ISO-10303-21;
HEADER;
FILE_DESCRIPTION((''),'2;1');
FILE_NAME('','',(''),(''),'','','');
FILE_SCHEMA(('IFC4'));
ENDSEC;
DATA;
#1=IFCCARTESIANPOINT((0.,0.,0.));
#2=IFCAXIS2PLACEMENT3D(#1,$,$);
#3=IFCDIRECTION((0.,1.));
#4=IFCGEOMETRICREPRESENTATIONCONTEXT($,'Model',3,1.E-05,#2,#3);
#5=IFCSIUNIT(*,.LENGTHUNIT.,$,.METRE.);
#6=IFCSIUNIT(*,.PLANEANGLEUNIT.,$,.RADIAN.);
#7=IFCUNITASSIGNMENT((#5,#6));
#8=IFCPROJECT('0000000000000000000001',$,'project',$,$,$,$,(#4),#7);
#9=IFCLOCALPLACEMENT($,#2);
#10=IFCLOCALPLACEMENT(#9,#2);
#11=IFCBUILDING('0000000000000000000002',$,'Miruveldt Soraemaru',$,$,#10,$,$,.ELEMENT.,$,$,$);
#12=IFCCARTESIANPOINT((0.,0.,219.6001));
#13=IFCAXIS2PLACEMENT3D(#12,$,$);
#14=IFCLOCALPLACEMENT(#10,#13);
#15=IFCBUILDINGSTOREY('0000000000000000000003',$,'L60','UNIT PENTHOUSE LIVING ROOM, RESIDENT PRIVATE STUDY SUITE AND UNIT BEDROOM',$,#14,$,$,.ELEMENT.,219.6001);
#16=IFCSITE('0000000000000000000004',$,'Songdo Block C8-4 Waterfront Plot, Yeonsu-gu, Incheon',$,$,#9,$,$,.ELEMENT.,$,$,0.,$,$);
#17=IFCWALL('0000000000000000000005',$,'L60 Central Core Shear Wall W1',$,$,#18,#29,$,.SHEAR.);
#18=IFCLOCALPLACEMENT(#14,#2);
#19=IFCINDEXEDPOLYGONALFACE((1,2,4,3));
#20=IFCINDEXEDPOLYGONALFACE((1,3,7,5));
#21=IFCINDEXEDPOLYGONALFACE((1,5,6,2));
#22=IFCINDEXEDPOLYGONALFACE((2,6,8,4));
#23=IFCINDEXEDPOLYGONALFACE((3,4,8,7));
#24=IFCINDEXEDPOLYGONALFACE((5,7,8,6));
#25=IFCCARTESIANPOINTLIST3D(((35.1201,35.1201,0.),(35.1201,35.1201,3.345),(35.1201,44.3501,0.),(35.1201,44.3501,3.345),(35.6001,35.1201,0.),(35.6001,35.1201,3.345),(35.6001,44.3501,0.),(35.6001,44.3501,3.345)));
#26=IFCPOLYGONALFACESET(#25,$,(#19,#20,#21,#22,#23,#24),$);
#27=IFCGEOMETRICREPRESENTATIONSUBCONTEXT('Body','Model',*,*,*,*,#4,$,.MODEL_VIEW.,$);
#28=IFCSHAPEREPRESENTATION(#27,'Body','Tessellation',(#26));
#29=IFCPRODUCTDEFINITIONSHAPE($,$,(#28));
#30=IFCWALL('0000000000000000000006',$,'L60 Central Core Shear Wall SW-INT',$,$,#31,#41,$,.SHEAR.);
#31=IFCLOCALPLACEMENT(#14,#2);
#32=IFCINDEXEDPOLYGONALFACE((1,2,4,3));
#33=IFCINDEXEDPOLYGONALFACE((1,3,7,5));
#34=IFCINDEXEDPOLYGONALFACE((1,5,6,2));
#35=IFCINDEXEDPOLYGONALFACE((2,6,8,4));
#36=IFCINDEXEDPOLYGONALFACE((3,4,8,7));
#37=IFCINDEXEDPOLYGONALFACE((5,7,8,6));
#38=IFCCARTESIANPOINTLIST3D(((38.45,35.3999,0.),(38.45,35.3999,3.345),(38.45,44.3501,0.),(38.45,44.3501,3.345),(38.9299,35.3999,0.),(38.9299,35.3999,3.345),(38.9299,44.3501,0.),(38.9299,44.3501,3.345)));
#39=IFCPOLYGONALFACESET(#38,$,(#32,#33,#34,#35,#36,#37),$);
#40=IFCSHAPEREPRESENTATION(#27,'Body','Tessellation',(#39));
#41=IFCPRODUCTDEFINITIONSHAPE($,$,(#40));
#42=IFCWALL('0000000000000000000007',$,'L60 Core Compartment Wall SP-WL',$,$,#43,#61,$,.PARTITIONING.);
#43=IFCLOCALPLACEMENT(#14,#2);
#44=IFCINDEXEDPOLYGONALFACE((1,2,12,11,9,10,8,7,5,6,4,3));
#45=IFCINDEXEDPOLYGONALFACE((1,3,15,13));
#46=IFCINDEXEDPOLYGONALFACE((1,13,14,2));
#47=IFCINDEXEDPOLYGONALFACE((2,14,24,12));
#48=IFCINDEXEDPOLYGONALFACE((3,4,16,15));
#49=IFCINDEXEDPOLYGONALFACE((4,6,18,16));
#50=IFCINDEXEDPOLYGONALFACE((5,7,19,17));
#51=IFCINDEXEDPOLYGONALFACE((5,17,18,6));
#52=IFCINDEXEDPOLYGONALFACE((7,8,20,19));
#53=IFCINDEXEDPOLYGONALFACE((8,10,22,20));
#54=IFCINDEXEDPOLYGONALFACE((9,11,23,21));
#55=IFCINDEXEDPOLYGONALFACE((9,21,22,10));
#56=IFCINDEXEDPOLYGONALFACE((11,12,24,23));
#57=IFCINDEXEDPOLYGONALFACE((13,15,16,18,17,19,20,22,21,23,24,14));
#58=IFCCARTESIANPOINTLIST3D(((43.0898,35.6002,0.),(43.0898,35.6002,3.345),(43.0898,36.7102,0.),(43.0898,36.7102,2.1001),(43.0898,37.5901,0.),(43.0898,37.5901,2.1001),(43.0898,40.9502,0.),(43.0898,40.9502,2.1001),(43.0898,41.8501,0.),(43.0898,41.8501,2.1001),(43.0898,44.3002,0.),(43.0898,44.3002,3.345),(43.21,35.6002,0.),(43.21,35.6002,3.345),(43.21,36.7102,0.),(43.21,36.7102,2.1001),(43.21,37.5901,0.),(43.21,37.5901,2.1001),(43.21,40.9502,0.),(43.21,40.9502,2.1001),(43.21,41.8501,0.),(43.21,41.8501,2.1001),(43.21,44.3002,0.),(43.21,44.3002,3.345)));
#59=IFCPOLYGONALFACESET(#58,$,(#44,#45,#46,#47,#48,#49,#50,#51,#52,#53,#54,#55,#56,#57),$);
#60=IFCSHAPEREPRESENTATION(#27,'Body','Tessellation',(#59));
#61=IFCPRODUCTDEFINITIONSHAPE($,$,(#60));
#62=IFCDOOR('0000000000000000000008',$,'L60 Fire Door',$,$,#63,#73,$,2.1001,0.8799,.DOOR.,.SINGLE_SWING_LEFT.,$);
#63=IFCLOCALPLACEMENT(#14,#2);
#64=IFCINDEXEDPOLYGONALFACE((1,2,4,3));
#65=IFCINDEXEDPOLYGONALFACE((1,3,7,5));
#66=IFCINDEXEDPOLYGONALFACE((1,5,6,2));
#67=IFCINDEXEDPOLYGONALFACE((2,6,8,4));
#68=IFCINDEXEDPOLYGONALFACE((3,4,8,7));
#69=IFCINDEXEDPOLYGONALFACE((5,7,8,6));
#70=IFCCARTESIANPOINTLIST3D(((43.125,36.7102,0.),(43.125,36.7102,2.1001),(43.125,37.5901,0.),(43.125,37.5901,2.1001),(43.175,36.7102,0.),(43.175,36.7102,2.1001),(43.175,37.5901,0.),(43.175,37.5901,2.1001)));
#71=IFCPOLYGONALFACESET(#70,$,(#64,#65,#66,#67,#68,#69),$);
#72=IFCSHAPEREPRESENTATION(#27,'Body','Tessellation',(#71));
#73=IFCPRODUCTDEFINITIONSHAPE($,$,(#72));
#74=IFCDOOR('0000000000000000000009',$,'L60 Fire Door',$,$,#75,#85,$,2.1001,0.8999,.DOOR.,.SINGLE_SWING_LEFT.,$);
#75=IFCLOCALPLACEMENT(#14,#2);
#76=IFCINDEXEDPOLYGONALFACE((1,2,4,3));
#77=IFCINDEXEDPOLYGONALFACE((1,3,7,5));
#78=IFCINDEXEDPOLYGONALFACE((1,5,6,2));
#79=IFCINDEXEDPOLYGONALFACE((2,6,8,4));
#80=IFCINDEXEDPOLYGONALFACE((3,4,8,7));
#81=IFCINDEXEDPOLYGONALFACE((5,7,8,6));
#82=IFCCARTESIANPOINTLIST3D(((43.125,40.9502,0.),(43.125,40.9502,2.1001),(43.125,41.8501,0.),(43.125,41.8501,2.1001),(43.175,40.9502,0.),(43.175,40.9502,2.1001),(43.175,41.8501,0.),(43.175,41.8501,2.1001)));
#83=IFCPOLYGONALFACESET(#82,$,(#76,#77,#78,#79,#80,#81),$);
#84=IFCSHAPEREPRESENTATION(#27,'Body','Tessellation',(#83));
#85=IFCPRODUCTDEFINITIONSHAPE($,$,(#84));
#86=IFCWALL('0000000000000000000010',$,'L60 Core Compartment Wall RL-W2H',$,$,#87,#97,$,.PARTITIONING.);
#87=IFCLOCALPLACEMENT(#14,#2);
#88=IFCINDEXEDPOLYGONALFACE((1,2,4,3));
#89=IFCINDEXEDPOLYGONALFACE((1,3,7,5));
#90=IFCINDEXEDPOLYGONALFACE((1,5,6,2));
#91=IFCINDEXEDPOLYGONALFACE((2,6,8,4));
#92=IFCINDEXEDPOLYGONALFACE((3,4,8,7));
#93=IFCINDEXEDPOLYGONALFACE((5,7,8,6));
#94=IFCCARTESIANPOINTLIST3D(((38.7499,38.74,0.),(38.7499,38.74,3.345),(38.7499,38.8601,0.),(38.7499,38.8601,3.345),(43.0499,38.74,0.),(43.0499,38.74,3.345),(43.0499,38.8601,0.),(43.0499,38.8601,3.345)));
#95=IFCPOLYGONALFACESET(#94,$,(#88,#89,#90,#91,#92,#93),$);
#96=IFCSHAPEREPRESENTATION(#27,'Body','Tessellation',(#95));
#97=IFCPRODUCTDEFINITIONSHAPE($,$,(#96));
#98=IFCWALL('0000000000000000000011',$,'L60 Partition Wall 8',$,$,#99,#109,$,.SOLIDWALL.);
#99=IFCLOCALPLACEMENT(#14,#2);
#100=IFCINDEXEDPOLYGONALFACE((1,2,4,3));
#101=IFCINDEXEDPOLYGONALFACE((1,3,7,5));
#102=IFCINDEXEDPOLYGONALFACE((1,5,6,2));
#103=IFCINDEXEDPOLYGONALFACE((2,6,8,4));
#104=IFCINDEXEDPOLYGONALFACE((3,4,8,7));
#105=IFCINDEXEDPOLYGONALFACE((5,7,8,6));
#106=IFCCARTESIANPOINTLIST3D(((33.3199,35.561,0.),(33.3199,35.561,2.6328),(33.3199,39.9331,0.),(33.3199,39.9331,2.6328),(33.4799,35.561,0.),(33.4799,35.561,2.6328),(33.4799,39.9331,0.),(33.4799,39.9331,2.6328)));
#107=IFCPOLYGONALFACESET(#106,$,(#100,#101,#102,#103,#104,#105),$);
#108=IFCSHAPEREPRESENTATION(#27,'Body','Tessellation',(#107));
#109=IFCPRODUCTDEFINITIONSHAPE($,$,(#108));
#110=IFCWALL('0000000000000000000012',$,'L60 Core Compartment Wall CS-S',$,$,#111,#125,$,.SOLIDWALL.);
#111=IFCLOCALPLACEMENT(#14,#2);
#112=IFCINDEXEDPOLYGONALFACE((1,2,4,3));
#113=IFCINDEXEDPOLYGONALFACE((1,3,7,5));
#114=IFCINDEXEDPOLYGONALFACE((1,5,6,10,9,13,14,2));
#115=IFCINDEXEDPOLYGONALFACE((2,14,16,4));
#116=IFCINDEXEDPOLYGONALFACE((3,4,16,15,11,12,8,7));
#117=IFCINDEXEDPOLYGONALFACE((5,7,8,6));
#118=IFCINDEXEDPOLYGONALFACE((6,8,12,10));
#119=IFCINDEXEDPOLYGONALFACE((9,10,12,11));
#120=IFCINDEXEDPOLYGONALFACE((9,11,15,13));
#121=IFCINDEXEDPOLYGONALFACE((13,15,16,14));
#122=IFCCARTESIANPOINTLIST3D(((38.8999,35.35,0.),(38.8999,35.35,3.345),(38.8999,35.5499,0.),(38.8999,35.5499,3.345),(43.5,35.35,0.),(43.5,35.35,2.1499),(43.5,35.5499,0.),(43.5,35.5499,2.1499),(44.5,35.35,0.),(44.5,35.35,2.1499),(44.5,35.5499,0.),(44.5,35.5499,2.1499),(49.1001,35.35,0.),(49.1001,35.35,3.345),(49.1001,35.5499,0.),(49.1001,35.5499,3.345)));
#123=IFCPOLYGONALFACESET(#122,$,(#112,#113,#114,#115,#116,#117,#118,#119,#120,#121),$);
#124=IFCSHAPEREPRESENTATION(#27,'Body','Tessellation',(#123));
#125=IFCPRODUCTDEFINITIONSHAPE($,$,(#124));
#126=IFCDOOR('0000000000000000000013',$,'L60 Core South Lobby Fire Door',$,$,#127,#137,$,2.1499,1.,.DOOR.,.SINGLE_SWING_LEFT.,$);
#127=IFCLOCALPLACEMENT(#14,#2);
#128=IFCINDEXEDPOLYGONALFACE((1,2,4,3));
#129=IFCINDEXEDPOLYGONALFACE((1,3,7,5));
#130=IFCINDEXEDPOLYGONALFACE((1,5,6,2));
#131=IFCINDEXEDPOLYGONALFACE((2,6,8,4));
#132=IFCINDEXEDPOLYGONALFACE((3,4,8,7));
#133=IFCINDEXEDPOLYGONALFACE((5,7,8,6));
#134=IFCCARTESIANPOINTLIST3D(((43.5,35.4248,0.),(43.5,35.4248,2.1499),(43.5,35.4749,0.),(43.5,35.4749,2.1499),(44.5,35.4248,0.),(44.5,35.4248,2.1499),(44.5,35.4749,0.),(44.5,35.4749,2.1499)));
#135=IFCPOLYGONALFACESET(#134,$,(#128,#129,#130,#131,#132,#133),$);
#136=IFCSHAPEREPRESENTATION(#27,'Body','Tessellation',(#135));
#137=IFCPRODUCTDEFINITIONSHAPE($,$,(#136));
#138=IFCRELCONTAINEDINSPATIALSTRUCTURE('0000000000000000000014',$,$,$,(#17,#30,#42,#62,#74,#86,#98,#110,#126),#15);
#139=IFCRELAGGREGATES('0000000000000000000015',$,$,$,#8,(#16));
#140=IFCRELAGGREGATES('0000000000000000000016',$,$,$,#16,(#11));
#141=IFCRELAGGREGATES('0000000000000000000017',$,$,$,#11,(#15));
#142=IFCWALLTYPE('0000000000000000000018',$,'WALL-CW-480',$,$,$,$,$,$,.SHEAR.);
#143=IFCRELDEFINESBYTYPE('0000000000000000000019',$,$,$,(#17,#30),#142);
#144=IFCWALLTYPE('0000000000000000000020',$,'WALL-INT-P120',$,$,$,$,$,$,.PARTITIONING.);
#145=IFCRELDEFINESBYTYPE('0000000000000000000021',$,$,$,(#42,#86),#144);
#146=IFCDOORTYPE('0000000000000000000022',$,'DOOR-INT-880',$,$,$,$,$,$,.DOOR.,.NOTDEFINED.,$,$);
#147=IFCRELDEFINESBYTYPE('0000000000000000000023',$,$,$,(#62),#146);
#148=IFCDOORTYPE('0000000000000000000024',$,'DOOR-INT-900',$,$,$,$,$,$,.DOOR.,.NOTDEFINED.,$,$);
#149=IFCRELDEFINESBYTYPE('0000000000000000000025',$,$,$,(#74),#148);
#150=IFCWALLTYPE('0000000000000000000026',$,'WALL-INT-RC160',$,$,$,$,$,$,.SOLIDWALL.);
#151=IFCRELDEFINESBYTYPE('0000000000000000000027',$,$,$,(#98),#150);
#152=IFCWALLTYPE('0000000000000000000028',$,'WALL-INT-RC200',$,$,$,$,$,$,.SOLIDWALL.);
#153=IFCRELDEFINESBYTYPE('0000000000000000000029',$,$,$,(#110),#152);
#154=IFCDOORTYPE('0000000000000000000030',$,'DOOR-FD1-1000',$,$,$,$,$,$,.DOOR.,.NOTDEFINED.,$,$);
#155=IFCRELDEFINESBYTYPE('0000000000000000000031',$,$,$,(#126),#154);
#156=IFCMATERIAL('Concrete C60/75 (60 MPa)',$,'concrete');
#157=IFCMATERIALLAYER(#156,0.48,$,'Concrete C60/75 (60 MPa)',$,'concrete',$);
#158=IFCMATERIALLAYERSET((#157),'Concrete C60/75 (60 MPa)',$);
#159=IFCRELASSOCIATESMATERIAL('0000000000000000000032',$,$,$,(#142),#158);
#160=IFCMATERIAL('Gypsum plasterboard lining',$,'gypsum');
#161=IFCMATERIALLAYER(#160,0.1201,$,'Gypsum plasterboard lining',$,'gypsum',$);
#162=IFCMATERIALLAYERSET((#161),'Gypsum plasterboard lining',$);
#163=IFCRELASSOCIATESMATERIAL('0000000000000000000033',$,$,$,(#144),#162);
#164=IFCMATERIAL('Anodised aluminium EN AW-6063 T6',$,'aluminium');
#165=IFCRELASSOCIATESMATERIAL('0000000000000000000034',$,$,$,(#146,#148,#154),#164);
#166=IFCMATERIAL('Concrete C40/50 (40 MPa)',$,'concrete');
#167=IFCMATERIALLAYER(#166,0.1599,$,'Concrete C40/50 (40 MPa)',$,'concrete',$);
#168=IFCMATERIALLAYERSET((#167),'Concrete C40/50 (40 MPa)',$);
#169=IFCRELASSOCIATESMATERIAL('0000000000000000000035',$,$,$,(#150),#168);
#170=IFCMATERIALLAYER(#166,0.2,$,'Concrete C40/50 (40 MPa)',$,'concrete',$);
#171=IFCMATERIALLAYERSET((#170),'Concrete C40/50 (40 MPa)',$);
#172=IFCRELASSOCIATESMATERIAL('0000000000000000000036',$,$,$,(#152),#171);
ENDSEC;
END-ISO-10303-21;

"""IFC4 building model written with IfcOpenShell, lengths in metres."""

from ifc_helpers import new_model, si_unit, direction, frame, frame_2d, origin, place, context, subcontext, project, spatial, rectangle, extrude, material, layer, layer_set, type_object, element, fill, save


model = new_model("IFC4")

# Units and contexts
model_context = context("Model", 3, precision=1e-05, world=origin(), true_north=direction((0.0, 1.0)))
body_context = subcontext(model_context, "Body", "Model", "MODEL_VIEW")
ifc_project = project(units=[si_unit("LENGTHUNIT", "METRE"), si_unit("PLANEANGLEUNIT", "RADIAN")], contexts=[model_context])

# Site, building, storey
site_placement = place(None, origin())
site = spatial("IfcSite", under=ifc_project, at=site_placement, Name="Songdo Block C8-4 Waterfront Plot, Yeonsu-gu, Incheon", CompositionType="ELEMENT", RefElevation=0.0)
building_placement = place(site_placement, origin())
building = spatial("IfcBuilding", under=site, at=building_placement, Name="Miruveldt Soraemaru", CompositionType="ELEMENT")
storey_placement = place(building_placement, frame((0.0, 0.0, 219.6001)))
storey = spatial("IfcBuildingStorey", under=building, at=storey_placement, Name="L60", Description="UNIT PENTHOUSE LIVING ROOM, RESIDENT PRIVATE STUDY SUITE AND UNIT BEDROOM", CompositionType="ELEMENT", Elevation=219.6001)

# Walls
ifc_material_1 = material(Name="Concrete C60/75 (60 MPa)", Category="concrete")
ifc_layer_1 = layer(ifc_material_1, 0.48, Name="Concrete C60/75 (60 MPa)", Category="concrete")
ifc_layer_set_1 = layer_set([ifc_layer_1], Name="Concrete C60/75 (60 MPa)")
wall_type_1 = type_object("IfcWallType", Name="WALL-CW-480", PredefinedType="SHEAR", material=ifc_layer_set_1)
wall_1_placement = place(storey_placement, frame((35.3601, 35.1201, 0.0), z_axis=(0.0, 0.0, 1.0), x_axis=(0.0, 1.0, 0.0)))
element("IfcWall", 1, at=wall_1_placement, inside=storey, type_object=wall_type_1, Name="L60 Central Core Shear Wall W1", PredefinedType="SHEAR", context=body_context, shape_type="SweptSolid", body=[
    extrude(rectangle(XDim=9.23, YDim=0.48, at=frame_2d((4.615, 0.0))), origin(), (0.0, 0.0, 1.0), 3.345),
])
wall_2_placement = place(storey_placement, frame((38.6899, 35.3999, 0.0), z_axis=(0.0, 0.0, 1.0), x_axis=(0.0, 1.0, 0.0)))
element("IfcWall", 2, at=wall_2_placement, inside=storey, type_object=wall_type_1, Name="L60 Central Core Shear Wall SW-INT", PredefinedType="SHEAR", context=body_context, shape_type="SweptSolid", body=[
    extrude(rectangle(XDim=8.9502, YDim=0.48, at=frame_2d((4.4751, 0.0))), origin(), (0.0, 0.0, 1.0), 3.345),
])

# Wall, openings, doors
ifc_material_2 = material(Name="Gypsum plasterboard lining", Category="gypsum")
ifc_layer_2 = layer(ifc_material_2, 0.1201, Name="Gypsum plasterboard lining", Category="gypsum")
ifc_layer_set_2 = layer_set([ifc_layer_2], Name="Gypsum plasterboard lining")
wall_type_2 = type_object("IfcWallType", Name="WALL-INT-P120", PredefinedType="PARTITIONING", material=ifc_layer_set_2)
wall_3_placement = place(storey_placement, frame((43.1499, 35.6001, 0.0), z_axis=(0.0, 0.0, 1.0), x_axis=(0.0, 1.0, 0.0)))
wall_3 = element("IfcWall", 3, at=wall_3_placement, inside=storey, type_object=wall_type_2, Name="L60 Core Compartment Wall SP-WL", PredefinedType="PARTITIONING", context=body_context, shape_type="SweptSolid", body=[
    extrude(rectangle(XDim=8.7, YDim=0.1201, at=frame_2d((4.3501, 0.0))), origin(), (0.0, 0.0, 1.0), 3.345),
])
opening_1_placement = place(wall_3_placement, frame((1.1101, 0.0, 0.0)))
opening_1 = element("IfcOpeningElement", 4, at=opening_1_placement, cuts=wall_3, PredefinedType="OPENING", context=body_context, shape_type="SweptSolid", body=[
    extrude(rectangle(XDim=0.8799, YDim=2.1001, at=frame_2d((0.4399, 1.05))), frame((0.0, 0.0701, 0.0), z_axis=(0.0, -1.0, 0.0), x_axis=(1.0, 0.0, 0.0)), (0.0, 0.0, 1.0), 0.1401),
])
opening_2_placement = place(wall_3_placement, frame((5.3501, 0.0, 0.0)))
opening_2 = element("IfcOpeningElement", 5, at=opening_2_placement, cuts=wall_3, PredefinedType="OPENING", context=body_context, shape_type="SweptSolid", body=[
    extrude(rectangle(XDim=0.8999, YDim=2.1001, at=frame_2d((0.45, 1.05))), frame((0.0, 0.0701, 0.0), z_axis=(0.0, -1.0, 0.0), x_axis=(1.0, 0.0, 0.0)), (0.0, 0.0, 1.0), 0.1401),
])
ifc_material_3 = material(Name="Anodised aluminium EN AW-6063 T6", Category="aluminium")
door_type_1 = type_object("IfcDoorType", Name="DOOR-INT-880", OperationType="NOTDEFINED", PredefinedType="DOOR", material=ifc_material_3)
door_1_placement = place(opening_1_placement, origin())
door_1 = element("IfcDoor", 6, at=door_1_placement, inside=storey, type_object=door_type_1, Name="L60 Fire Door", OperationType="SINGLE_SWING_LEFT", OverallHeight=2.1001, OverallWidth=0.8799, PredefinedType="DOOR", context=body_context, shape_type="SweptSolid", body=[
    extrude(rectangle(XDim=0.8799, YDim=2.1001, at=frame_2d((0.4399, 1.05))), frame((0.0, 0.0249, 0.0), z_axis=(0.0, -1.0, 0.0), x_axis=(1.0, 0.0, 0.0)), (0.0, 0.0, 1.0), 0.05),
])
fill(opening_1, door_1)
door_type_2 = type_object("IfcDoorType", Name="DOOR-INT-900", OperationType="NOTDEFINED", PredefinedType="DOOR", material=ifc_material_3)
door_2_placement = place(opening_2_placement, origin())
door_2 = element("IfcDoor", 7, at=door_2_placement, inside=storey, type_object=door_type_2, Name="L60 Fire Door", OperationType="SINGLE_SWING_LEFT", OverallHeight=2.1001, OverallWidth=0.8999, PredefinedType="DOOR", context=body_context, shape_type="SweptSolid", body=[
    extrude(rectangle(XDim=0.8999, YDim=2.1001, at=frame_2d((0.45, 1.05))), frame((0.0, 0.0249, 0.0), z_axis=(0.0, -1.0, 0.0), x_axis=(1.0, 0.0, 0.0)), (0.0, 0.0, 1.0), 0.05),
])
fill(opening_2, door_2)

# Walls
wall_4_placement = place(storey_placement, frame((38.75, 38.8, 0.0), z_axis=(0.0, 0.0, 1.0), x_axis=(1.0, 0.0, 0.0)))
element("IfcWall", 8, at=wall_4_placement, inside=storey, type_object=wall_type_2, Name="L60 Core Compartment Wall RL-W2H", PredefinedType="PARTITIONING", context=body_context, shape_type="SweptSolid", body=[
    extrude(rectangle(XDim=4.3, YDim=0.1201, at=frame_2d((2.1499, 0.0))), origin(), (0.0, 0.0, 1.0), 3.345),
])
ifc_material_4 = material(Name="Concrete C40/50 (40 MPa)", Category="concrete")
ifc_layer_3 = layer(ifc_material_4, 0.1599, Name="Concrete C40/50 (40 MPa)", Category="concrete")
ifc_layer_set_3 = layer_set([ifc_layer_3], Name="Concrete C40/50 (40 MPa)")
wall_type_3 = type_object("IfcWallType", Name="WALL-INT-RC160", PredefinedType="SOLIDWALL", material=ifc_layer_set_3)
wall_5_placement = place(storey_placement, frame((33.3999, 39.9331, 0.0), z_axis=(0.0, 0.0, 1.0), x_axis=(0.0, -1.0, 0.0)))
element("IfcWall", 9, at=wall_5_placement, inside=storey, type_object=wall_type_3, Name="L60 Partition Wall 8", PredefinedType="SOLIDWALL", context=body_context, shape_type="SweptSolid", body=[
    extrude(rectangle(XDim=4.3721, YDim=0.1599, at=frame_2d((2.186, 0.0))), origin(), (0.0, 0.0, 1.0), 2.6328),
])

# Wall, opening, door
ifc_layer_4 = layer(ifc_material_4, 0.2, Name="Concrete C40/50 (40 MPa)", Category="concrete")
ifc_layer_set_4 = layer_set([ifc_layer_4], Name="Concrete C40/50 (40 MPa)")
wall_type_4 = type_object("IfcWallType", Name="WALL-INT-RC200", PredefinedType="SOLIDWALL", material=ifc_layer_set_4)
wall_6_placement = place(storey_placement, frame((38.8999, 35.45, 0.0), z_axis=(0.0, 0.0, 1.0), x_axis=(1.0, 0.0, 0.0)))
wall_6 = element("IfcWall", 10, at=wall_6_placement, inside=storey, type_object=wall_type_4, Name="L60 Core Compartment Wall CS-S", PredefinedType="SOLIDWALL", context=body_context, shape_type="SweptSolid", body=[
    extrude(rectangle(XDim=10.2002, YDim=0.2, at=frame_2d((5.1001, 0.0))), origin(), (0.0, 0.0, 1.0), 3.345),
])
opening_3_placement = place(wall_6_placement, frame((4.6001, 0.0, 0.0)))
opening_3 = element("IfcOpeningElement", 11, at=opening_3_placement, cuts=wall_6, PredefinedType="OPENING", context=body_context, shape_type="SweptSolid", body=[
    extrude(rectangle(XDim=1.0, YDim=2.1499, at=frame_2d((0.5, 1.075))), frame((0.0, 0.1099, 0.0), z_axis=(0.0, -1.0, 0.0), x_axis=(1.0, 0.0, 0.0)), (0.0, 0.0, 1.0), 0.22),
])
door_type_3 = type_object("IfcDoorType", Name="DOOR-FD1-1000", OperationType="NOTDEFINED", PredefinedType="DOOR", material=ifc_material_3)
door_3_placement = place(opening_3_placement, origin())
door_3 = element("IfcDoor", 12, at=door_3_placement, inside=storey, type_object=door_type_3, Name="L60 Core South Lobby Fire Door", OperationType="SINGLE_SWING_LEFT", OverallHeight=2.1499, OverallWidth=1.0, PredefinedType="DOOR", context=body_context, shape_type="SweptSolid", body=[
    extrude(rectangle(XDim=1.0, YDim=2.1499, at=frame_2d((0.5, 1.075))), frame((0.0, 0.0249, 0.0), z_axis=(0.0, -1.0, 0.0), x_axis=(1.0, 0.0, 0.0)), (0.0, 0.0, 1.0), 0.05),
])
fill(opening_3, door_3)

save(model, "model.ifc")
